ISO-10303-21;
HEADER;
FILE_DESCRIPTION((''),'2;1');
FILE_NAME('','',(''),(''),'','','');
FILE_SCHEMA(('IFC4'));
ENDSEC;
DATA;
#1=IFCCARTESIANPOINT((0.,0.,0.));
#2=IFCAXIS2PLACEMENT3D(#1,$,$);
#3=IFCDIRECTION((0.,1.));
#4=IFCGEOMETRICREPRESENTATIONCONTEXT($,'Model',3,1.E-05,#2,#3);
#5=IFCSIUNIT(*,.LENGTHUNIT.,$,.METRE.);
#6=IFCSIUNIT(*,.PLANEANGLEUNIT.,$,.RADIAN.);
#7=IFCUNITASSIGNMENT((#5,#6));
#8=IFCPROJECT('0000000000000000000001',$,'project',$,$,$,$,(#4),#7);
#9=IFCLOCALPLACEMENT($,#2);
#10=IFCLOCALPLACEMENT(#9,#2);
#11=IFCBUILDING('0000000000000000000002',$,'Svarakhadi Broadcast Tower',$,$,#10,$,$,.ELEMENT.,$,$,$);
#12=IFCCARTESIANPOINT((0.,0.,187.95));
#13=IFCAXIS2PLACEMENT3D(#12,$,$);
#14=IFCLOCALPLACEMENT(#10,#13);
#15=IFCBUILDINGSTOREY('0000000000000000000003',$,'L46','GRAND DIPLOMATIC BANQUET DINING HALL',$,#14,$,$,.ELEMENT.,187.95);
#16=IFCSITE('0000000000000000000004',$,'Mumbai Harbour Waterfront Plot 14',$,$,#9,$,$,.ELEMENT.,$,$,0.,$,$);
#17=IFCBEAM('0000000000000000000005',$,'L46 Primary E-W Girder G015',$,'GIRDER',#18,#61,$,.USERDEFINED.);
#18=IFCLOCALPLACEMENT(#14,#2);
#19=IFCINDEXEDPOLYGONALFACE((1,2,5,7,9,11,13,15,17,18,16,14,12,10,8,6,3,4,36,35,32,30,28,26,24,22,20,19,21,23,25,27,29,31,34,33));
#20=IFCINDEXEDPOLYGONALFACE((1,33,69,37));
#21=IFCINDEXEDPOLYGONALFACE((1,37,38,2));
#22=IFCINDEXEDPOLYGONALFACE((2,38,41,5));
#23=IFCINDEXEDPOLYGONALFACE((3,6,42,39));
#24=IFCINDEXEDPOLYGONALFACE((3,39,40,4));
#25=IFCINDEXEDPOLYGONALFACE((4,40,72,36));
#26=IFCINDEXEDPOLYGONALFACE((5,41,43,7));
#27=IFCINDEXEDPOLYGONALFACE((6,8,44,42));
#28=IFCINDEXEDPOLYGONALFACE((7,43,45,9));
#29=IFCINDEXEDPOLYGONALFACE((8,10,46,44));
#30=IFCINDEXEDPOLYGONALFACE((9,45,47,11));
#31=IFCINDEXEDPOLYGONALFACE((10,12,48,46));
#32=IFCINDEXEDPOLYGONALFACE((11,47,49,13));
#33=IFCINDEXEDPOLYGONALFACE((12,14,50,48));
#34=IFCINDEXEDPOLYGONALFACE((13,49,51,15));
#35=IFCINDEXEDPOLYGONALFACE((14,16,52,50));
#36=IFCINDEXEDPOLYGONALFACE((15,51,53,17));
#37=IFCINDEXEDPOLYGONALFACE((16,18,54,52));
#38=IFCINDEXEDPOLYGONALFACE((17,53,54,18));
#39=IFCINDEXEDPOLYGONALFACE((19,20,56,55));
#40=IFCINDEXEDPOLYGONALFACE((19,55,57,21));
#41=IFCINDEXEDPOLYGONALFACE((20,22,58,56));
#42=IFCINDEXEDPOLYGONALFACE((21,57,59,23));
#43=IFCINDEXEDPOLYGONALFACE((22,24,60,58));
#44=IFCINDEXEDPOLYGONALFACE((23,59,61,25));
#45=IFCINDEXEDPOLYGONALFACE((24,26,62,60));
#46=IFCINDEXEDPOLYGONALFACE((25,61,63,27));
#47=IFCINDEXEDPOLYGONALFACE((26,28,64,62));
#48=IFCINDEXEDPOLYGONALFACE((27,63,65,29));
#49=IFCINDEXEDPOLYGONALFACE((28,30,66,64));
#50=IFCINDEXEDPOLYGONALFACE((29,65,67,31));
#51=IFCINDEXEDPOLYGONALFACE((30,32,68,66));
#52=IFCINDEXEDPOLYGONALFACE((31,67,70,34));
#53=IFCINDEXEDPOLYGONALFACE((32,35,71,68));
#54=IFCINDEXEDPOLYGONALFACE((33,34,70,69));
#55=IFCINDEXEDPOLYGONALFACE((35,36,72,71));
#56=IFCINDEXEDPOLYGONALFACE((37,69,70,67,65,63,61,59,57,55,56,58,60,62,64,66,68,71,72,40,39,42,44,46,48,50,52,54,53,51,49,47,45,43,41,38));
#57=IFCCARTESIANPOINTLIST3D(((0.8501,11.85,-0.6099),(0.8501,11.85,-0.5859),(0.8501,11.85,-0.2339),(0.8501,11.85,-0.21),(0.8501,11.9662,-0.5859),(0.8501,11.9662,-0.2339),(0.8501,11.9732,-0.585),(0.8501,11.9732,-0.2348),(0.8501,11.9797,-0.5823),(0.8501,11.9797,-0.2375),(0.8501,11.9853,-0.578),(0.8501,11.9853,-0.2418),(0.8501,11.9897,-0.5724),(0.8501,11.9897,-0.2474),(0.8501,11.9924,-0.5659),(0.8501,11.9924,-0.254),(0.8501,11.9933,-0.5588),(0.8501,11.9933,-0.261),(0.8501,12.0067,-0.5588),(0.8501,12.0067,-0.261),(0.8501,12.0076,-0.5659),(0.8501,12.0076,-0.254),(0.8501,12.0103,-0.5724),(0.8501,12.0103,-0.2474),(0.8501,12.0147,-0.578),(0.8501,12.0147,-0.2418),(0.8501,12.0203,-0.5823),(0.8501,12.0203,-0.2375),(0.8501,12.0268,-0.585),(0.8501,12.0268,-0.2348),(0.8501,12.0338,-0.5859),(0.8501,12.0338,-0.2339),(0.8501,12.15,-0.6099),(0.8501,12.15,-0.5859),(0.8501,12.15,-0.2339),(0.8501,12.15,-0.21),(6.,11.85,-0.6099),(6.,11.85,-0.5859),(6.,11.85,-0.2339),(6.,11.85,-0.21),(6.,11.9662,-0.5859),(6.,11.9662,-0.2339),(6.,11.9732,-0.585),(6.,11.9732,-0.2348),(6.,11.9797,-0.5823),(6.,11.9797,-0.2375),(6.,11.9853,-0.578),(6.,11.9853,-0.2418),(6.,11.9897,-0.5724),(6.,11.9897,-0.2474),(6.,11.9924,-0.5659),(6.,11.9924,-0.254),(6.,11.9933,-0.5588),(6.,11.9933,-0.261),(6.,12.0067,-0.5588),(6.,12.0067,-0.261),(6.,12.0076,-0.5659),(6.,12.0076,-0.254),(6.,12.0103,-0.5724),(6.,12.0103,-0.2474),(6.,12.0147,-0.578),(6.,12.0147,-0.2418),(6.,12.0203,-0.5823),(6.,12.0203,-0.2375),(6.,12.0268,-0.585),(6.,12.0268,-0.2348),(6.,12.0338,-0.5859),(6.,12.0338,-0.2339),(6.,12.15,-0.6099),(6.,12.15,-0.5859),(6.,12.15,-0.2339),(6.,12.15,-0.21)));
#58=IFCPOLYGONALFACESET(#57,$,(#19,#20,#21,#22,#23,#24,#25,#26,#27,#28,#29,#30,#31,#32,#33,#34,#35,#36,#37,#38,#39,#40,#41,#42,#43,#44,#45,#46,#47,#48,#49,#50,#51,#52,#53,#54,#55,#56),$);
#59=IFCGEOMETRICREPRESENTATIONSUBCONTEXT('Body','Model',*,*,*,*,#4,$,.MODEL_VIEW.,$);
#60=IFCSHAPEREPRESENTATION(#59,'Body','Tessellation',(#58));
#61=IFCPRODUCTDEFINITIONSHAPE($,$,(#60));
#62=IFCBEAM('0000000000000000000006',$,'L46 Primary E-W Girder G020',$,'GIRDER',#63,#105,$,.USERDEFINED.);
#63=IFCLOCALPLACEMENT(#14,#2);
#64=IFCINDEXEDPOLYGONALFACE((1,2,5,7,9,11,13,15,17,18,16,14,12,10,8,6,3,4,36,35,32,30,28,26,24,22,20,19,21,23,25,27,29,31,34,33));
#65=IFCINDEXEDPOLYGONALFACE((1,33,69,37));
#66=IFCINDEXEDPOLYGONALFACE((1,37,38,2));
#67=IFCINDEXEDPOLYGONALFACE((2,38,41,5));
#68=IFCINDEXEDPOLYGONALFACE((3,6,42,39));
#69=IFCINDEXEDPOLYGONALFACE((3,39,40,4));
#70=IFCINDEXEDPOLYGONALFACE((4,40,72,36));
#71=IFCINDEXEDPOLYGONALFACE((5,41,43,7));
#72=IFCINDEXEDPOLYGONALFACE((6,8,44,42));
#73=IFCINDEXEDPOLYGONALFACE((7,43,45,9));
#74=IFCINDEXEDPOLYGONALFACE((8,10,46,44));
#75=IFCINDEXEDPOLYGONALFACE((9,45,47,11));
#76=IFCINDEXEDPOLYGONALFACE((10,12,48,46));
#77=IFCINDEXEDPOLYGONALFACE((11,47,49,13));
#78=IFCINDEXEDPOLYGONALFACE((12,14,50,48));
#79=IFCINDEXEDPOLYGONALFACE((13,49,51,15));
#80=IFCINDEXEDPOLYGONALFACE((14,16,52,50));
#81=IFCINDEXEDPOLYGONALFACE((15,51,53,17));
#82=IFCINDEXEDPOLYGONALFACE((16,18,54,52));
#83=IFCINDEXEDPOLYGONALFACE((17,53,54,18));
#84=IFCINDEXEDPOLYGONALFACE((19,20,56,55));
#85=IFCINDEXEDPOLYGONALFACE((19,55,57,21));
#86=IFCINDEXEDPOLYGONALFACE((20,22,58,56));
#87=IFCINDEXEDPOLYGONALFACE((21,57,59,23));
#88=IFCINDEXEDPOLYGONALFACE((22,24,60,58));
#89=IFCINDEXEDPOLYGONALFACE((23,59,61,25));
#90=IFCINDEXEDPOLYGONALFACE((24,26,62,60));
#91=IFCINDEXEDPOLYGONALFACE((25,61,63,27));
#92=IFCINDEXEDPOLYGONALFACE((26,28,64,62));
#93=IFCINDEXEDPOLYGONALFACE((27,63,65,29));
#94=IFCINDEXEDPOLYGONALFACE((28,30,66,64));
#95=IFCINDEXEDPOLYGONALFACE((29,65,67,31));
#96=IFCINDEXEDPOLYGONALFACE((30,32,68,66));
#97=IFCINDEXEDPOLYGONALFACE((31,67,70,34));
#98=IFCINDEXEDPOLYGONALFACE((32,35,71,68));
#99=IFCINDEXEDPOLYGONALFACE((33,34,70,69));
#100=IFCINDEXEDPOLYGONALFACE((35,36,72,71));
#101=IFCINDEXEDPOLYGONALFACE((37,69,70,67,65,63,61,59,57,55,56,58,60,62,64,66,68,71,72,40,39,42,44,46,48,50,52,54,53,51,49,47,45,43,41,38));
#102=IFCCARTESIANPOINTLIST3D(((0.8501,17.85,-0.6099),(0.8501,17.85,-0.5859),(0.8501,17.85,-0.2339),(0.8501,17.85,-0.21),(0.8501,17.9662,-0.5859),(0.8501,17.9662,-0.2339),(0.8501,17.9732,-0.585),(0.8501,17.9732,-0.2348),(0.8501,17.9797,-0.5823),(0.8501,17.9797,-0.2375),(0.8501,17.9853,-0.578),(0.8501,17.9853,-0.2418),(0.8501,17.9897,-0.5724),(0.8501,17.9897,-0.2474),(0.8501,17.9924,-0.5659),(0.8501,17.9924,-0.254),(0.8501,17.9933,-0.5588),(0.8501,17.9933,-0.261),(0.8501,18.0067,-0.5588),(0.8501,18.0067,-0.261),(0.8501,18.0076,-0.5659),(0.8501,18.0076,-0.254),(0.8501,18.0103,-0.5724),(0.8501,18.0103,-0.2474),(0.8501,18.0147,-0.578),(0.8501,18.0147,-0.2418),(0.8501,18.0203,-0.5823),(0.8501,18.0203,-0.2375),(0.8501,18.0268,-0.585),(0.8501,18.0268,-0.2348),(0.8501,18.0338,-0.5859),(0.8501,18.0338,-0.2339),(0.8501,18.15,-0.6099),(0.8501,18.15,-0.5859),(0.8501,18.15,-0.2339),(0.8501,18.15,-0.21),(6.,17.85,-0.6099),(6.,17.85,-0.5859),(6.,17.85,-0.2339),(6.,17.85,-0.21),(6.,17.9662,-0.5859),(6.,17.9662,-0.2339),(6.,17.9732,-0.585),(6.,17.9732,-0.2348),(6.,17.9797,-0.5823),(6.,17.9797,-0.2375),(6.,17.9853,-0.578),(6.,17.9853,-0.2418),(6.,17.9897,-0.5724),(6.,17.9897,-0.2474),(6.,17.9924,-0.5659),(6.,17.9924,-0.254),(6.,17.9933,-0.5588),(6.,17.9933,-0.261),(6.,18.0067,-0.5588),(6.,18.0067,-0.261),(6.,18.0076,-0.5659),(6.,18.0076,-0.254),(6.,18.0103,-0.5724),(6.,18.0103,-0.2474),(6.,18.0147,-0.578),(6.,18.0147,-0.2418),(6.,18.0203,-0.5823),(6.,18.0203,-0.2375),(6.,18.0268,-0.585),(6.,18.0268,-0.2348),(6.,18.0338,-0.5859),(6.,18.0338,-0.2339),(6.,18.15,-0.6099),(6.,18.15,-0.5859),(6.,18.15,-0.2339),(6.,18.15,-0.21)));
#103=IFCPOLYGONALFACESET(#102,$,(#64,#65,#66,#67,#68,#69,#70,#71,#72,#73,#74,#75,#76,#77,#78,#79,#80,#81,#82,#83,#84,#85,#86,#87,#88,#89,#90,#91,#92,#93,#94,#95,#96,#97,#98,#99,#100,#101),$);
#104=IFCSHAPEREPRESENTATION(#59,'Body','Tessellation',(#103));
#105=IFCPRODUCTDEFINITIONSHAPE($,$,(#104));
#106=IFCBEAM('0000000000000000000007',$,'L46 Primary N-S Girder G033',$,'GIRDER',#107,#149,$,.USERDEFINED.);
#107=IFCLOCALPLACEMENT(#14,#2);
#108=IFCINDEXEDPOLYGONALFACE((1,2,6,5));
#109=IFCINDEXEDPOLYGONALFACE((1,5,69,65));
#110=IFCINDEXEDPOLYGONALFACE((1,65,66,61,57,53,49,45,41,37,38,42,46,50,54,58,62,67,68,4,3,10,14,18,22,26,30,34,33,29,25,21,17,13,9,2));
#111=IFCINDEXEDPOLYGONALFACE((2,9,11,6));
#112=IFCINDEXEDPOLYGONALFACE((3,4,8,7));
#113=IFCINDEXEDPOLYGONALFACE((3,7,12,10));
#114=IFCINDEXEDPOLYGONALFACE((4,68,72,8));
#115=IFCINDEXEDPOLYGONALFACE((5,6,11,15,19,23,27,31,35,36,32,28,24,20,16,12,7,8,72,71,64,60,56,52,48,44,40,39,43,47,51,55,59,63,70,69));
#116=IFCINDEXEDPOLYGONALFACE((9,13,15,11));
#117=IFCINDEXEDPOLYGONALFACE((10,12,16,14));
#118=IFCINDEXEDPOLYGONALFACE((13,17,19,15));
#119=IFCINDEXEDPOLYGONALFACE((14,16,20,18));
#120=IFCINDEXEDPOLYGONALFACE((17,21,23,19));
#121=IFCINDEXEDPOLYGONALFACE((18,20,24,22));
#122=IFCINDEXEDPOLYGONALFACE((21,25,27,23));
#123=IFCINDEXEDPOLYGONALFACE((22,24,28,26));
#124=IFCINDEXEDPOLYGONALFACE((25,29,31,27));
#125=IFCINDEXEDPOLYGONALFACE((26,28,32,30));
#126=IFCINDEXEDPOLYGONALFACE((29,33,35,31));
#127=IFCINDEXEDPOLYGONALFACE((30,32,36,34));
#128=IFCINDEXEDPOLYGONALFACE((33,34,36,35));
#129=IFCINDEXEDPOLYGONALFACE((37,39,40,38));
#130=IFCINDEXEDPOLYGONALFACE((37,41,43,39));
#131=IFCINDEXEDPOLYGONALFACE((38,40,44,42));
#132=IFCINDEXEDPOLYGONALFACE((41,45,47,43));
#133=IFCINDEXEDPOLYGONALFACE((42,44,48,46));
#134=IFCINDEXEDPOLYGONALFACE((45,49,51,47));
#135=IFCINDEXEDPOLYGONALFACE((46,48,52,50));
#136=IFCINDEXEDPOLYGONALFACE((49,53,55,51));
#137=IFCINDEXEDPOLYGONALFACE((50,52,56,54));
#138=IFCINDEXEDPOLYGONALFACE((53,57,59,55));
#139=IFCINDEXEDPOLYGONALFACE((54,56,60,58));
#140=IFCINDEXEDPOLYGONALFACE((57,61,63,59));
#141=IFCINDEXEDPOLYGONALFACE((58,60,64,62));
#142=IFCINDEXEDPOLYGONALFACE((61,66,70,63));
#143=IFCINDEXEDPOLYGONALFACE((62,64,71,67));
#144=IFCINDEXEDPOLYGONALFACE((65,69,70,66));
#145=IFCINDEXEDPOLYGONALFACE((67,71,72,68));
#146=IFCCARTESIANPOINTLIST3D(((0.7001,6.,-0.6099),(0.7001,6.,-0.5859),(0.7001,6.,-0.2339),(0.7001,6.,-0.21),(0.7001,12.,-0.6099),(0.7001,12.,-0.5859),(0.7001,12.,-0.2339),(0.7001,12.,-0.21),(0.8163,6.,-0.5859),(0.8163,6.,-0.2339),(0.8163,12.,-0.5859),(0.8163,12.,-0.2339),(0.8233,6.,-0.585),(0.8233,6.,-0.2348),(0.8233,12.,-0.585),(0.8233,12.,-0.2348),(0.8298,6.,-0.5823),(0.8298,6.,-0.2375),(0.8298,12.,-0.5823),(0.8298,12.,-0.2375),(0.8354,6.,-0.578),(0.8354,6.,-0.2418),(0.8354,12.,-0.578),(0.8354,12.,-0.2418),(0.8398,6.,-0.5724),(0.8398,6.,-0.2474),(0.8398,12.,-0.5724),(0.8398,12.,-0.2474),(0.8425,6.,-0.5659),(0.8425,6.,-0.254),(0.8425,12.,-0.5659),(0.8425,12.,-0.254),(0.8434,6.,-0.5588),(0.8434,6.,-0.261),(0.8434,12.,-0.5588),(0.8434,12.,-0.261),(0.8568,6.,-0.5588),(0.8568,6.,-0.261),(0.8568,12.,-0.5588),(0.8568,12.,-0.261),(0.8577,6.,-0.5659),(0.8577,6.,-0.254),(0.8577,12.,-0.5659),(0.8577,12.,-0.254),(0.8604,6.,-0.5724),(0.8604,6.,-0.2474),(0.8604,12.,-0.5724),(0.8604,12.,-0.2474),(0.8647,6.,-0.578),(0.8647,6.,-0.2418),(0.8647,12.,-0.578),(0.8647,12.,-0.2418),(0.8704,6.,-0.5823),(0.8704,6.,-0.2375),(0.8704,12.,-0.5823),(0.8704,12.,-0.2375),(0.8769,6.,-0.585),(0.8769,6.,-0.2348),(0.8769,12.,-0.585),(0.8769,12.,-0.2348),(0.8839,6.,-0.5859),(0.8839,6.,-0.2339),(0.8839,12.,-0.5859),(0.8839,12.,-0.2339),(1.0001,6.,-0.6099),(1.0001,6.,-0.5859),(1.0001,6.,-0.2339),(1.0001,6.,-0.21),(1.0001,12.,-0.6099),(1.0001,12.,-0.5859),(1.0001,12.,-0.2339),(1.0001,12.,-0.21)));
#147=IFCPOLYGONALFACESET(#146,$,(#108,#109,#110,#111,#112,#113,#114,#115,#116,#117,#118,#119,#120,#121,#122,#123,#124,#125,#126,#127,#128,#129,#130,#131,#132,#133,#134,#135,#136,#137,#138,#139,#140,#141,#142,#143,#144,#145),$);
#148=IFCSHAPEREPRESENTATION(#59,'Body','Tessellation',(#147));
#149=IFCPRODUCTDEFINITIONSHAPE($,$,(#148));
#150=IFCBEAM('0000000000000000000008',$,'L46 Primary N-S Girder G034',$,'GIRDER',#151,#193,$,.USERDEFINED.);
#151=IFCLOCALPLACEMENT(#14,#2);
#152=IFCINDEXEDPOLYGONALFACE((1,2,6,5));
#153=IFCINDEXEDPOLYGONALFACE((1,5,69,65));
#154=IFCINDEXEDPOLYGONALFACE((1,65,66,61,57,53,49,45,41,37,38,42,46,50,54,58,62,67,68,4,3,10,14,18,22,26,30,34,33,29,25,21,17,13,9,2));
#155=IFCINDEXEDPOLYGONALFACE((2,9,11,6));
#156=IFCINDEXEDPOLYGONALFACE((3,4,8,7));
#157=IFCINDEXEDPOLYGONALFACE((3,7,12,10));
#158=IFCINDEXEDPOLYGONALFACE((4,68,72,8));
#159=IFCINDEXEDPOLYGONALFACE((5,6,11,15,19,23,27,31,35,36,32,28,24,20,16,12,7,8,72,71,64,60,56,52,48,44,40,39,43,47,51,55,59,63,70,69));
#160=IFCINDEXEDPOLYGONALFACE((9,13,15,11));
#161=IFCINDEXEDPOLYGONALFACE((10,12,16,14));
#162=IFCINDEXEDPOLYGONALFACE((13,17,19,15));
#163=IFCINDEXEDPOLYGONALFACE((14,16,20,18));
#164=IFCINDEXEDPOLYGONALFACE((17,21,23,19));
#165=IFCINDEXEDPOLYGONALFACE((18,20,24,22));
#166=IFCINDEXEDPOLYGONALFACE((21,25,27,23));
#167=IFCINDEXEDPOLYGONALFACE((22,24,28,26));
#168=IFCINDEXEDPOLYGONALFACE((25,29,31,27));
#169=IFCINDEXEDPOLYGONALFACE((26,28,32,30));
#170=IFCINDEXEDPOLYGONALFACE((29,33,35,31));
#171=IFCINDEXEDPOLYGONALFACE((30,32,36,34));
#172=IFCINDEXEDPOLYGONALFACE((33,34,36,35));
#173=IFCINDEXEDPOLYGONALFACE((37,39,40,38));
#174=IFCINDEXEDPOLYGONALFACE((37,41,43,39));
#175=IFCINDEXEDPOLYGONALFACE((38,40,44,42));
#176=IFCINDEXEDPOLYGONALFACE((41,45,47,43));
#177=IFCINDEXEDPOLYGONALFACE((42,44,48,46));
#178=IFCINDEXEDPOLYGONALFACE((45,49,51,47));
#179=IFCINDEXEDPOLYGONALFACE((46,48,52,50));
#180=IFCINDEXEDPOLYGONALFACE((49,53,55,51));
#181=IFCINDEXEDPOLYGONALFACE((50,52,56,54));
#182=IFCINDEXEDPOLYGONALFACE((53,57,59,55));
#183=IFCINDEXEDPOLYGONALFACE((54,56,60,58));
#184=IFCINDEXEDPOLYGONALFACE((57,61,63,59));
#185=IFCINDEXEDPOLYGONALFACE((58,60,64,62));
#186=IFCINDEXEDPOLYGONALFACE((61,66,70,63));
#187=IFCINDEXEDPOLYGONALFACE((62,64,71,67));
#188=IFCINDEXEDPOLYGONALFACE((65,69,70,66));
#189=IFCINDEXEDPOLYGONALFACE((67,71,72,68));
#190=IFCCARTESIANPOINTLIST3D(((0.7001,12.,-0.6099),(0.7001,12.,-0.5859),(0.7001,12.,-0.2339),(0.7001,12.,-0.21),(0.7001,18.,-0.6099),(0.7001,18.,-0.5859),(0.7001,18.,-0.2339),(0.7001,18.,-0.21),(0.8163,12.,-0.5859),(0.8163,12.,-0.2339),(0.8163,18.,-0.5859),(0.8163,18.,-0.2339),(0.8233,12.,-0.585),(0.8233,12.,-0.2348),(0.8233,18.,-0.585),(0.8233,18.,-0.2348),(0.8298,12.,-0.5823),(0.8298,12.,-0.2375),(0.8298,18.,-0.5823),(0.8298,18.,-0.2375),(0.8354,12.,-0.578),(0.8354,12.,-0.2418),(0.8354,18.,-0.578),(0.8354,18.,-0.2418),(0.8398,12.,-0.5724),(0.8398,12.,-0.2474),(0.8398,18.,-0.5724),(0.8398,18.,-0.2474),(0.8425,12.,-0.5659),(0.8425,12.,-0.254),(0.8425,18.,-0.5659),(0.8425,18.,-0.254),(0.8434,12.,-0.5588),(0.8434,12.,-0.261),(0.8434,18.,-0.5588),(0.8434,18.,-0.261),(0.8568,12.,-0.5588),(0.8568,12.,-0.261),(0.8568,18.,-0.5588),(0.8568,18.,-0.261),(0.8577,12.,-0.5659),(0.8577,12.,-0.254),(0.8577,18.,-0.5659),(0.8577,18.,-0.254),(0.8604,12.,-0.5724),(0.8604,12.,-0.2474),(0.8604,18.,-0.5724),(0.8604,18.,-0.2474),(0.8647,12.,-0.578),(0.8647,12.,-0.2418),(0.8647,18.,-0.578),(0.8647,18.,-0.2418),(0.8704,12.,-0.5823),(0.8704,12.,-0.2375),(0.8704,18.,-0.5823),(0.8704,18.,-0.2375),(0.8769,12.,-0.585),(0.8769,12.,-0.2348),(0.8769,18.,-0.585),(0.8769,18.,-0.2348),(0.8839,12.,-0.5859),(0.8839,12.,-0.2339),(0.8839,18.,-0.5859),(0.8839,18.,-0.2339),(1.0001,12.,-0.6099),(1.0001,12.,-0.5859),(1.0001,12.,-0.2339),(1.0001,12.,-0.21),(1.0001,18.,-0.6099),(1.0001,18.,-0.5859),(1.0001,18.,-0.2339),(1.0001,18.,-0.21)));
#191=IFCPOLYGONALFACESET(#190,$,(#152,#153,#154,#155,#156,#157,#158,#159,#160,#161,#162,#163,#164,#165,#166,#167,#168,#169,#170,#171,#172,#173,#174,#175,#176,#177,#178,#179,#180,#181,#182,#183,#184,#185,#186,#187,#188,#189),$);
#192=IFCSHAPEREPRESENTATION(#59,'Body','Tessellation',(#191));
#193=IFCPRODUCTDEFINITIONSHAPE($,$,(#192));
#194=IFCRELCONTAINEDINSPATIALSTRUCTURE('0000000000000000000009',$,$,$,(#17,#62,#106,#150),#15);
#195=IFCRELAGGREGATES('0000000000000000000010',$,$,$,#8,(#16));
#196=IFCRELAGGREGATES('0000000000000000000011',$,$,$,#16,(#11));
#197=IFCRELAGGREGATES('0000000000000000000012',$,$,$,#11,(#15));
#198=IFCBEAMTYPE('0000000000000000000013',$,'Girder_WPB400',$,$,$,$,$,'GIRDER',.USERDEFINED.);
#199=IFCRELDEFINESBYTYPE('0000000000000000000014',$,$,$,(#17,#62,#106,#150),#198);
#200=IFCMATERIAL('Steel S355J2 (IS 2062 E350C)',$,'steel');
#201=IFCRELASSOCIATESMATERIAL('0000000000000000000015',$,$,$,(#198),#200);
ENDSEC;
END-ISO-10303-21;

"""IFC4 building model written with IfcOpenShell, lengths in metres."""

from ifc_helpers import new_model, si_unit, direction, frame, origin, origin_2d, place, context, subcontext, project, spatial, i_section, extrude, material, material_profile, profile_set, type_object, element, save


model = new_model("IFC4")

# Units and contexts
model_context = context("Model", 3, precision=1e-05, world=origin(), true_north=direction((0.0, 1.0)))
body_context = subcontext(model_context, "Body", "Model", "MODEL_VIEW")
ifc_project = project(units=[si_unit("LENGTHUNIT", "METRE"), si_unit("PLANEANGLEUNIT", "RADIAN")], contexts=[model_context])

# Site, building, storey
site_placement = place(None, origin())
site = spatial("IfcSite", under=ifc_project, at=site_placement, Name="Mumbai Harbour Waterfront Plot 14", CompositionType="ELEMENT", RefElevation=0.0)
building_placement = place(site_placement, origin())
building = spatial("IfcBuilding", under=site, at=building_placement, Name="Svarakhadi Broadcast Tower", CompositionType="ELEMENT")
storey_placement = place(building_placement, frame((0.0, 0.0, 187.95)))
storey = spatial("IfcBuildingStorey", under=building, at=storey_placement, Name="L46", Description="GRAND DIPLOMATIC BANQUET DINING HALL", CompositionType="ELEMENT", Elevation=187.95)

# Shared definitions
ifc_material_1 = material(Name="Steel S355J2 (IS 2062 E350C)", Category="steel")

# Beams
ifc_material_profile_1 = material_profile(ifc_material_1, i_section(OverallWidth=0.3, OverallDepth=0.3999, WebThickness=0.0134, FlangeThickness=0.0239, FilletRadius=0.0271, at=origin_2d()), Name="WPB 400x300x155")
ifc_profile_set_1 = profile_set([ifc_material_profile_1], Name="Steel S355J2 (IS 2062 E350C)")
beam_type_1 = type_object("IfcBeamType", Name="Girder_WPB400", ElementType="GIRDER", PredefinedType="USERDEFINED", material=ifc_profile_set_1)
for number, where, z_axis, x_axis, name in (
    (1, (0.8501, 12.0, -0.4099), (1.0, 0.0, 0.0), (0.0, 1.0, 0.0), "L46 Primary E-W Girder G015"),
    (2, (0.8501, 18.0, -0.4099), (1.0, 0.0, 0.0), (0.0, 1.0, 0.0), "L46 Primary E-W Girder G020"),
):
    element("IfcBeam", number, at=place(storey_placement, frame(where, z_axis=z_axis, x_axis=x_axis)), inside=storey, type_object=beam_type_1, Name=name, ObjectType="GIRDER", PredefinedType="USERDEFINED", context=body_context, shape_type="SweptSolid", body=[
        extrude(i_section(OverallWidth=0.3, OverallDepth=0.3999, WebThickness=0.0134, FlangeThickness=0.0239, FilletRadius=0.0271, at=origin_2d()), origin(), (0.0, 0.0, 1.0), 5.1499),
    ])
for number, where, z_axis, x_axis, name in (
    (3, (0.8501, 6.0, -0.4099), (0.0, 1.0, 0.0), (-1.0, 0.0, 0.0), "L46 Primary N-S Girder G033"),
    (4, (0.8501, 12.0, -0.4099), (0.0, 1.0, 0.0), (-1.0, 0.0, 0.0), "L46 Primary N-S Girder G034"),
):
    element("IfcBeam", number, at=place(storey_placement, frame(where, z_axis=z_axis, x_axis=x_axis)), inside=storey, type_object=beam_type_1, Name=name, ObjectType="GIRDER", PredefinedType="USERDEFINED", context=body_context, shape_type="SweptSolid", body=[
        extrude(i_section(OverallWidth=0.3, OverallDepth=0.3999, WebThickness=0.0134, FlangeThickness=0.0239, FilletRadius=0.0271, at=origin_2d()), origin(), (0.0, 0.0, 1.0), 6.0),
    ])

save(model, "model.ifc")
